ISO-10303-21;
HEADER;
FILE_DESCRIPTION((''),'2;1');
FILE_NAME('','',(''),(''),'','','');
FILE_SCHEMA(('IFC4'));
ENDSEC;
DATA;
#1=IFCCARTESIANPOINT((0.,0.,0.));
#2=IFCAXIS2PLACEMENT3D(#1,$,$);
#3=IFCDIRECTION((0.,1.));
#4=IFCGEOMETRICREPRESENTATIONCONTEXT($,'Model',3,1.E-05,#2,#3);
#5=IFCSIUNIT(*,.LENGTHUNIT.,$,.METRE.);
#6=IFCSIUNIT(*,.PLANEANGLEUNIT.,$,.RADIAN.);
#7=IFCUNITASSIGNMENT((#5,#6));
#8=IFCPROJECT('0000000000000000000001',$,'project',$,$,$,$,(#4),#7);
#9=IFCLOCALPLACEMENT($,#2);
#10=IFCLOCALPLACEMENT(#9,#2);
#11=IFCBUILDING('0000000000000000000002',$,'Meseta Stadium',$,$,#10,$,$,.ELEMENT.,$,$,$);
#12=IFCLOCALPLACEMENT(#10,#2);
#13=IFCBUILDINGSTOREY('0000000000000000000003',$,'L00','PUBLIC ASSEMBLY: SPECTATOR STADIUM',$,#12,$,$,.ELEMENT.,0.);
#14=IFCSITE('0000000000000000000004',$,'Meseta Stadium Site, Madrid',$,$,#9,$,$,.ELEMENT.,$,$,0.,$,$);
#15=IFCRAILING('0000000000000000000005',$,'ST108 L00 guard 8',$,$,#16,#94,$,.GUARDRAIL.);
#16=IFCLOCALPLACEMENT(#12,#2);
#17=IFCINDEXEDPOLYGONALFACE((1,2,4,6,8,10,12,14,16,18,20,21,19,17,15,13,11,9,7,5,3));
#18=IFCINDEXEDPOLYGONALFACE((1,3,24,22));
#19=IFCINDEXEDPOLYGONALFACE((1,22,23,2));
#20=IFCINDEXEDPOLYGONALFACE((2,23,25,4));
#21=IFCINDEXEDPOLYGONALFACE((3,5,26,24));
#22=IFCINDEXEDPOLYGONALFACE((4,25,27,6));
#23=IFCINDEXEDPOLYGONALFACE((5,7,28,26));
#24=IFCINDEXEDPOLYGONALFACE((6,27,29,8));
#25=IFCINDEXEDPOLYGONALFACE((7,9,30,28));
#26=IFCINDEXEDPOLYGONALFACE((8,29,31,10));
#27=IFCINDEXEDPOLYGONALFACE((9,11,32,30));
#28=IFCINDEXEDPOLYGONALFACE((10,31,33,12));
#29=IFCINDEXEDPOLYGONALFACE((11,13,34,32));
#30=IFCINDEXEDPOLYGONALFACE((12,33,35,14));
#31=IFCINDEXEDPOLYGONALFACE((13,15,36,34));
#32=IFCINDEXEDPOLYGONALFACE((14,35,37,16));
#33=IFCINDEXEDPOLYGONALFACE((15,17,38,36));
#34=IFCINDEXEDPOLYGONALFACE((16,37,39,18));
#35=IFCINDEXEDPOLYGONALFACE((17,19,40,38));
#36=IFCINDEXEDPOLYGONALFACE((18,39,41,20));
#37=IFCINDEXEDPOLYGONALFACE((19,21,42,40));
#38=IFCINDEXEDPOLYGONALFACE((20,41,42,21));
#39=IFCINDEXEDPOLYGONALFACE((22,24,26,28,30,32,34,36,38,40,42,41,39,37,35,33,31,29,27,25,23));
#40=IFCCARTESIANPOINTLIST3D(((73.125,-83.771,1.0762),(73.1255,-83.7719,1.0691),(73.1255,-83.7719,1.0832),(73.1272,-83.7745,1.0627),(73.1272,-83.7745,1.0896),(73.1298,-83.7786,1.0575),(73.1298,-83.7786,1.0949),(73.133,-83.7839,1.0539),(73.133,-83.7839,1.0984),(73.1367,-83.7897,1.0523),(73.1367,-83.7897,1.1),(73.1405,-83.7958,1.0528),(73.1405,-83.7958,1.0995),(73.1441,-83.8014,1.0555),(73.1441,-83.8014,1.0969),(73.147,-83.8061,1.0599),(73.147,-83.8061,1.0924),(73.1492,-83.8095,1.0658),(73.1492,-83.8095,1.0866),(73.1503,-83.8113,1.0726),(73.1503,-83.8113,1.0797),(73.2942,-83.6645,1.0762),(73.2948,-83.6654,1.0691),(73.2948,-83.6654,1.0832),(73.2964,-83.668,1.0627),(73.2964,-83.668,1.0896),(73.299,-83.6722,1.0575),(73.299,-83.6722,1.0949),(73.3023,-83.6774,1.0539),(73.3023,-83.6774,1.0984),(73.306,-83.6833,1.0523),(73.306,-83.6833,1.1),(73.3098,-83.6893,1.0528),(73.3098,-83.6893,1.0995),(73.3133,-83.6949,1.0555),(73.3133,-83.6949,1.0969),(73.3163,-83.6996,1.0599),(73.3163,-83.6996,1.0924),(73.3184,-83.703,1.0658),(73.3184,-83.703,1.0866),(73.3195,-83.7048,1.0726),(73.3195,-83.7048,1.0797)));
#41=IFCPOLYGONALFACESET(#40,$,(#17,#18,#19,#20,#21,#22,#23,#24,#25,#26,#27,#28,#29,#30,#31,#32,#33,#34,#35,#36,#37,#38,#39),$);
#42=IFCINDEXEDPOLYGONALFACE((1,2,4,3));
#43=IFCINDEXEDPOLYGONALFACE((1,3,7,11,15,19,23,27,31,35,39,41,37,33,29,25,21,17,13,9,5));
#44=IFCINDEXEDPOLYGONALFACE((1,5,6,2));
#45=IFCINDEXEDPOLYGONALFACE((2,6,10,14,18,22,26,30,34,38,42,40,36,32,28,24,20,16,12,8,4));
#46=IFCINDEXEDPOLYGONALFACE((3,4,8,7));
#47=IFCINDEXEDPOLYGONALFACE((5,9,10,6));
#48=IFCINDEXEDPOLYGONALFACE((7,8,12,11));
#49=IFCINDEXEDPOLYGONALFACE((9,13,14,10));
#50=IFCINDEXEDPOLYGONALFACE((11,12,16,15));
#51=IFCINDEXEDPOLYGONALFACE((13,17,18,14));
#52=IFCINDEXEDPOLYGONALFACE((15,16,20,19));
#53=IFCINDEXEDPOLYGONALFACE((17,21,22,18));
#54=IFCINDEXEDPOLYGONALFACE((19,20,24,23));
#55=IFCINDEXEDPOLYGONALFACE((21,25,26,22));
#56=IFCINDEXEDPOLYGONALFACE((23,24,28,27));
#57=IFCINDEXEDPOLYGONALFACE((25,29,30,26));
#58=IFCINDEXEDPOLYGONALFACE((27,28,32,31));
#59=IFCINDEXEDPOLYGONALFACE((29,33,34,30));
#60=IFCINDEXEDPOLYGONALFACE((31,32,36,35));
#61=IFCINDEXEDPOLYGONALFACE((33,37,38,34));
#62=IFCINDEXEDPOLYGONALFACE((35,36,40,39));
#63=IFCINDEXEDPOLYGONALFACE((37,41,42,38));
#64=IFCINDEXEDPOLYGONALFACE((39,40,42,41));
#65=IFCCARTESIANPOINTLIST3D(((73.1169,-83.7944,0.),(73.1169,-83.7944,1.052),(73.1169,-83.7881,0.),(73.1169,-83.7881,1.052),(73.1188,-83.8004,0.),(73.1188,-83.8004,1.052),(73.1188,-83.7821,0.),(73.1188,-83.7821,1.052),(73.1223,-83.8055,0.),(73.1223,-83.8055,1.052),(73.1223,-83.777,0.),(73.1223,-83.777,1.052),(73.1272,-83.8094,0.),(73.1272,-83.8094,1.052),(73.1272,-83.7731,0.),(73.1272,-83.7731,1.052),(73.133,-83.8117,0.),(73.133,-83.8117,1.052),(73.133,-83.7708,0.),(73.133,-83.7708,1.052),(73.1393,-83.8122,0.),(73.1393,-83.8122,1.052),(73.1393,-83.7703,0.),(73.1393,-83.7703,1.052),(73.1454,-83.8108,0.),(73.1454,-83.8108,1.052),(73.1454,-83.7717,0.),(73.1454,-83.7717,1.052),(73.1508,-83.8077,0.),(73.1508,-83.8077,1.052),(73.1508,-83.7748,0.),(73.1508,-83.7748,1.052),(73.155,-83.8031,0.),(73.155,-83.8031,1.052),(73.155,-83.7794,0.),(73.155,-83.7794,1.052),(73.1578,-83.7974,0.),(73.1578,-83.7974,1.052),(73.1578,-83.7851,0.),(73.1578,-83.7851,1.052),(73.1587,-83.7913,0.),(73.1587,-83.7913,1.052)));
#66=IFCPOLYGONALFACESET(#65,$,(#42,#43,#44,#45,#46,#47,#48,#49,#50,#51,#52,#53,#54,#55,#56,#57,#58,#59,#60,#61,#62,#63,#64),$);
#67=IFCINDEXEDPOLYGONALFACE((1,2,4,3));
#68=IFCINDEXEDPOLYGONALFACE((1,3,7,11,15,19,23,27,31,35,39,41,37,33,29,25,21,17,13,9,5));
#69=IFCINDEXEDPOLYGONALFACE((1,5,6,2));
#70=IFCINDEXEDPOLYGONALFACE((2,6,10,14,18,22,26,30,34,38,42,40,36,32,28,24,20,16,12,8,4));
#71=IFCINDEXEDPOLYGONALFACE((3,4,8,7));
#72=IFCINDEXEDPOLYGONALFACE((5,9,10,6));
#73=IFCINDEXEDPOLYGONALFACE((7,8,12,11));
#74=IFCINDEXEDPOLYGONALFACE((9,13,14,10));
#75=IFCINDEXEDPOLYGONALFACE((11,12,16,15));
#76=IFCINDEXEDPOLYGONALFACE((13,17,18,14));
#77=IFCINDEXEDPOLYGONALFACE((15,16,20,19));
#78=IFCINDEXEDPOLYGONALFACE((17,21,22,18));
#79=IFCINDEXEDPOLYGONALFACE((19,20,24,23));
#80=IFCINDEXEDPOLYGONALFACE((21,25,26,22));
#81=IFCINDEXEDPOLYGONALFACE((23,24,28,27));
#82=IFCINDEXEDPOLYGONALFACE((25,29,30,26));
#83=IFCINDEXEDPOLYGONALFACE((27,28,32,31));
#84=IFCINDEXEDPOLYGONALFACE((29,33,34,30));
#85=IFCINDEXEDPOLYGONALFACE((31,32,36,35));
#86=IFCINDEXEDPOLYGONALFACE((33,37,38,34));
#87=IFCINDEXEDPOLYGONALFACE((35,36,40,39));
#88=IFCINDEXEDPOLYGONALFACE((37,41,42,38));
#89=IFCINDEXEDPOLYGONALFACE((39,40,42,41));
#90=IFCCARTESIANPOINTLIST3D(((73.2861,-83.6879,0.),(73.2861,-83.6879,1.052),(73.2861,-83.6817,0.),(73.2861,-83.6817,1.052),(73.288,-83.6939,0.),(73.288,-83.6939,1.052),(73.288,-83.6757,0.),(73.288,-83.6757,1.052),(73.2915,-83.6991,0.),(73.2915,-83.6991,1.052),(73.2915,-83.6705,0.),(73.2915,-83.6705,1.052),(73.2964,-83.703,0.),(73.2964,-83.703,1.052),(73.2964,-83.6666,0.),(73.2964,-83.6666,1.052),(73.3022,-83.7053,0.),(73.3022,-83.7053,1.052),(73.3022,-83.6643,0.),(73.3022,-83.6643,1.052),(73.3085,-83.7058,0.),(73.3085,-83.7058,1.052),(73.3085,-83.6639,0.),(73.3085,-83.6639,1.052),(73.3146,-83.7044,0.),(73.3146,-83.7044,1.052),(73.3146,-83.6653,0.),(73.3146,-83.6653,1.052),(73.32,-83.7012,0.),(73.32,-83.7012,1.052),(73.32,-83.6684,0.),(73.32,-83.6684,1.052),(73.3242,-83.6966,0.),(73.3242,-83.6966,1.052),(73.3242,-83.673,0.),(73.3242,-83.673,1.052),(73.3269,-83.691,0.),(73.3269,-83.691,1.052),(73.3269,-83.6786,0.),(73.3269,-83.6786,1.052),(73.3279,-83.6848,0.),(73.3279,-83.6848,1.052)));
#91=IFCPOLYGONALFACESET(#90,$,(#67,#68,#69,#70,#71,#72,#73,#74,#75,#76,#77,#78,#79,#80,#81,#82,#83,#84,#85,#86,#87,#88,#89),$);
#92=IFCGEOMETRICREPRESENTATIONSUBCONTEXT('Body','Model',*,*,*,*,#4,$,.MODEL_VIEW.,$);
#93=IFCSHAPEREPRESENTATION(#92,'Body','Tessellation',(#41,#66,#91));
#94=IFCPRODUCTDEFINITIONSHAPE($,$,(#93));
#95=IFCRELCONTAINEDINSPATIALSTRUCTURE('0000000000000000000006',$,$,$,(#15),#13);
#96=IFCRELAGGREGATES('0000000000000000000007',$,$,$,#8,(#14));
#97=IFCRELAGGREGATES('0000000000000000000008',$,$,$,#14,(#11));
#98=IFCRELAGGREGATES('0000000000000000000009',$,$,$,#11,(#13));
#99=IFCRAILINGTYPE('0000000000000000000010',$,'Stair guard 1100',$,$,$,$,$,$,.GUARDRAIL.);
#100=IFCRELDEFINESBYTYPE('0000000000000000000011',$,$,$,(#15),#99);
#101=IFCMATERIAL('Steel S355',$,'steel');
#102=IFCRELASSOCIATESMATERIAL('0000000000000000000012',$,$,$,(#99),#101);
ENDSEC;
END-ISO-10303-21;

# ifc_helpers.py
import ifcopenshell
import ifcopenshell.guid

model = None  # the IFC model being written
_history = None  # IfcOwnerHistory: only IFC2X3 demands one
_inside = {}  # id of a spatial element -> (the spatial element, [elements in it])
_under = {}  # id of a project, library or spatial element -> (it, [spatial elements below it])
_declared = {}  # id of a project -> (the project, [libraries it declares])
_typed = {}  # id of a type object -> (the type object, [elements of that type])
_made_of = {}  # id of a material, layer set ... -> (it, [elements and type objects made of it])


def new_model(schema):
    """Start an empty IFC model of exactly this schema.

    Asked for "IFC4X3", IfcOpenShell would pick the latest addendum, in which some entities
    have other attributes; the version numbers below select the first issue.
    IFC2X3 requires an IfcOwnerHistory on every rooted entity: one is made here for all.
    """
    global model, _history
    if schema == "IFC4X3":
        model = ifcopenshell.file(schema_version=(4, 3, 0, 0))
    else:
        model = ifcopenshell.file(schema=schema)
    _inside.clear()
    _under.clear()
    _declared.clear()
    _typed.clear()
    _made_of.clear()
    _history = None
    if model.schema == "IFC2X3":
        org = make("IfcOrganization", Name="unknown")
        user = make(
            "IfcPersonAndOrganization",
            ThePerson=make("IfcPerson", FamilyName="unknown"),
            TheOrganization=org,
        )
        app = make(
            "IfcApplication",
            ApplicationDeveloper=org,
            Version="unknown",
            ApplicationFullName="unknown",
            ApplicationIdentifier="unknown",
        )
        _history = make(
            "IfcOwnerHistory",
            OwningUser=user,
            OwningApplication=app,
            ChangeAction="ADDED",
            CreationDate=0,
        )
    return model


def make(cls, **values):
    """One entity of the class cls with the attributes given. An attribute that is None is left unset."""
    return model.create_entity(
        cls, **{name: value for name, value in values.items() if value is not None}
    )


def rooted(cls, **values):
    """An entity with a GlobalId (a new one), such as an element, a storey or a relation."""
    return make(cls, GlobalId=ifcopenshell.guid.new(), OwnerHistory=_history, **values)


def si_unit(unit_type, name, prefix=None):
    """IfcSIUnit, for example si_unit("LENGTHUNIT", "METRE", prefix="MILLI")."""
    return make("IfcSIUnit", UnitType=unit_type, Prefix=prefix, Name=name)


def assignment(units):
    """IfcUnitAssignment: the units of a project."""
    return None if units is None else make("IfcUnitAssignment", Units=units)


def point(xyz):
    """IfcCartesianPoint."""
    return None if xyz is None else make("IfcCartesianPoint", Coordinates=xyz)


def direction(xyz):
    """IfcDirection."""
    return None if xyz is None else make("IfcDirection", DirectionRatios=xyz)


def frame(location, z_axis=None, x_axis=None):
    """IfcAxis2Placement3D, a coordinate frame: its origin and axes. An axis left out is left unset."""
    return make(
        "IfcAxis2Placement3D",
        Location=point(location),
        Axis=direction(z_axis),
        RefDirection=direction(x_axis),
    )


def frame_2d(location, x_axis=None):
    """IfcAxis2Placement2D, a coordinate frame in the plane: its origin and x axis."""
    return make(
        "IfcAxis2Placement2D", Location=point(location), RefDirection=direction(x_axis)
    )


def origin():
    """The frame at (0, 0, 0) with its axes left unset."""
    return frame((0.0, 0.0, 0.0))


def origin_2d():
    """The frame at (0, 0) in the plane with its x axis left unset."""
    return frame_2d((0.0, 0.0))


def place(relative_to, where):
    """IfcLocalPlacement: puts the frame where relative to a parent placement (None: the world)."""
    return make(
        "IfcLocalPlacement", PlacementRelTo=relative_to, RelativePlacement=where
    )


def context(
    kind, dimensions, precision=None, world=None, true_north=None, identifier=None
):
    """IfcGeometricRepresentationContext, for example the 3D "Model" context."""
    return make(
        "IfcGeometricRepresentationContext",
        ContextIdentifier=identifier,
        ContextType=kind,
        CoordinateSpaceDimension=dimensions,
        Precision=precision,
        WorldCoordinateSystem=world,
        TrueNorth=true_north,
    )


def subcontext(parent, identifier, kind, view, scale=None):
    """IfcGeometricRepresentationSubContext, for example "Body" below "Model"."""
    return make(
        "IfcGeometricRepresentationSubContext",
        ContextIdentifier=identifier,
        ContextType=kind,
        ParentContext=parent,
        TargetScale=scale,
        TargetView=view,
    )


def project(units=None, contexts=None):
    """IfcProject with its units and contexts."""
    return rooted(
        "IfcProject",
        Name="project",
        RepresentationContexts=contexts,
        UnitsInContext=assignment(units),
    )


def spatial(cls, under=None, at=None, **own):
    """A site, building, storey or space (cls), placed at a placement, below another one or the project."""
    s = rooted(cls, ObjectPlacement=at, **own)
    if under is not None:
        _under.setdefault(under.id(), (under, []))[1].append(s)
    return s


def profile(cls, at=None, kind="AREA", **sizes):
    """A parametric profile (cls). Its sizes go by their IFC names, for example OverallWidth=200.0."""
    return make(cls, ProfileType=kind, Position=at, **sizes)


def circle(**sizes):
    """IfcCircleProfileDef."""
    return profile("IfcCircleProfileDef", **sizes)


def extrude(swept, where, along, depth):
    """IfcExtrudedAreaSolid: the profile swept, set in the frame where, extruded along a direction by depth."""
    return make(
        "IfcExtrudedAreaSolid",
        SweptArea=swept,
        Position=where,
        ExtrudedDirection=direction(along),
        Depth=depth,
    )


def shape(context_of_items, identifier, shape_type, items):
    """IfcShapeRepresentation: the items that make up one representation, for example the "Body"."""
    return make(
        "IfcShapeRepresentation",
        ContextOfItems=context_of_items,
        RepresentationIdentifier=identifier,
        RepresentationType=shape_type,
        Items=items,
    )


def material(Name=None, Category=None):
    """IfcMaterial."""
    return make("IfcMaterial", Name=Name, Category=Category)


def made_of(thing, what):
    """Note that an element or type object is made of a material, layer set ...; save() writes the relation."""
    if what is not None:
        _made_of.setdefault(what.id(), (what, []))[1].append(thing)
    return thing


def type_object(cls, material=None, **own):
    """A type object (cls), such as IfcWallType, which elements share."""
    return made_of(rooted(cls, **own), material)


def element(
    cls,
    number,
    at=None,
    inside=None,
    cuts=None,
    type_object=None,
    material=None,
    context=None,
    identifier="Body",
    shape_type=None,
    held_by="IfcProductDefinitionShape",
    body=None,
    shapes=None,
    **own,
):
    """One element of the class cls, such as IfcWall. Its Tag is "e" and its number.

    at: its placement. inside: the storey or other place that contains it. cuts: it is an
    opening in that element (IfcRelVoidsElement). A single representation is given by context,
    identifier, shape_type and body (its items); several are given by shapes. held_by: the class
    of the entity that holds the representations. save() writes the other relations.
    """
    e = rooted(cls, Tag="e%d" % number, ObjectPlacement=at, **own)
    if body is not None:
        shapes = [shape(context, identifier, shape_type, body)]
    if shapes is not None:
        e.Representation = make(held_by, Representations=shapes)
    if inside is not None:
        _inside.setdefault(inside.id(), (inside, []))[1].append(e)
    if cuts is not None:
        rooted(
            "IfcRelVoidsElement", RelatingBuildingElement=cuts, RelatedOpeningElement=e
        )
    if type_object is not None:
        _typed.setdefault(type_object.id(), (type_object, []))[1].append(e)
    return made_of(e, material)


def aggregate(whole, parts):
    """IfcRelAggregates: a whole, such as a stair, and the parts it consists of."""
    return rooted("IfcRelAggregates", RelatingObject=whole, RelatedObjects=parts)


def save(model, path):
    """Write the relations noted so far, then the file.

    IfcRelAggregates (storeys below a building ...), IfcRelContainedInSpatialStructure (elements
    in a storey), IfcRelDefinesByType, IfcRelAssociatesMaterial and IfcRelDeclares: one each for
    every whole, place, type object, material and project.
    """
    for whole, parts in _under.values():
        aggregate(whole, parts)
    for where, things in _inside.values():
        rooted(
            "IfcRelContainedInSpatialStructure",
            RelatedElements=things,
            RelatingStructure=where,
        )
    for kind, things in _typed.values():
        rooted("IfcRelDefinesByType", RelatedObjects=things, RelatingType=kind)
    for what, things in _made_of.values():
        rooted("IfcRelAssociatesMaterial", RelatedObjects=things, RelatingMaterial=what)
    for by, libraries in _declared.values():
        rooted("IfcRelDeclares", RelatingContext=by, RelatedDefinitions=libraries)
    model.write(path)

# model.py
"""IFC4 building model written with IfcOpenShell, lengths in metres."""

from ifc_helpers import new_model, si_unit, direction, frame, origin, origin_2d, place, context, subcontext, project, spatial, circle, extrude, material, type_object, element, save


model = new_model("IFC4")

# Units and contexts
model_context = context("Model", 3, precision=1e-05, world=origin(), true_north=direction((0.0, 1.0)))
body_context = subcontext(model_context, "Body", "Model", "MODEL_VIEW")
ifc_project = project(units=[si_unit("LENGTHUNIT", "METRE"), si_unit("PLANEANGLEUNIT", "RADIAN")], contexts=[model_context])

# Site, building, storey
site_placement = place(None, origin())
site = spatial("IfcSite", under=ifc_project, at=site_placement, Name="Meseta Stadium Site, Madrid", CompositionType="ELEMENT", RefElevation=0.0)
building_placement = place(site_placement, origin())
building = spatial("IfcBuilding", under=site, at=building_placement, Name="Meseta Stadium", CompositionType="ELEMENT")
storey_placement = place(building_placement, origin())
storey = spatial("IfcBuildingStorey", under=building, at=storey_placement, Name="L00", Description="PUBLIC ASSEMBLY: SPECTATOR STADIUM", CompositionType="ELEMENT", Elevation=0.0)

# Railing
ifc_material_1 = material(Name="Steel S355", Category="steel")
railing_type_1 = type_object("IfcRailingType", Name="Stair guard 1100", PredefinedType="GUARDRAIL", material=ifc_material_1)
railing_1_placement = place(storey_placement, frame((73.1377, -83.7913, 0.0)))
element("IfcRailing", 1, at=railing_1_placement, inside=storey, type_object=railing_type_1, Name="ST108 L00 guard 8", PredefinedType="GUARDRAIL", context=body_context, shape_type="SweptSolid", body=[
    extrude(circle(Radius=0.0239, at=origin_2d()), frame((0.0, 0.0, 1.0762), z_axis=(0.846416, 0.532522, 0.0), x_axis=(-0.532522, 0.846416, 0.0)), (0.0, 0.0, 1.0), 0.2),
    extrude(circle(Radius=0.021, at=origin_2d()), origin(), (0.0, 0.0, 1.0), 1.052),
    extrude(circle(Radius=0.021, at=origin_2d()), frame((0.1692, 0.1064, 0.0)), (0.0, 0.0, 1.0), 1.052),
])

save(model, "model.ifc")
